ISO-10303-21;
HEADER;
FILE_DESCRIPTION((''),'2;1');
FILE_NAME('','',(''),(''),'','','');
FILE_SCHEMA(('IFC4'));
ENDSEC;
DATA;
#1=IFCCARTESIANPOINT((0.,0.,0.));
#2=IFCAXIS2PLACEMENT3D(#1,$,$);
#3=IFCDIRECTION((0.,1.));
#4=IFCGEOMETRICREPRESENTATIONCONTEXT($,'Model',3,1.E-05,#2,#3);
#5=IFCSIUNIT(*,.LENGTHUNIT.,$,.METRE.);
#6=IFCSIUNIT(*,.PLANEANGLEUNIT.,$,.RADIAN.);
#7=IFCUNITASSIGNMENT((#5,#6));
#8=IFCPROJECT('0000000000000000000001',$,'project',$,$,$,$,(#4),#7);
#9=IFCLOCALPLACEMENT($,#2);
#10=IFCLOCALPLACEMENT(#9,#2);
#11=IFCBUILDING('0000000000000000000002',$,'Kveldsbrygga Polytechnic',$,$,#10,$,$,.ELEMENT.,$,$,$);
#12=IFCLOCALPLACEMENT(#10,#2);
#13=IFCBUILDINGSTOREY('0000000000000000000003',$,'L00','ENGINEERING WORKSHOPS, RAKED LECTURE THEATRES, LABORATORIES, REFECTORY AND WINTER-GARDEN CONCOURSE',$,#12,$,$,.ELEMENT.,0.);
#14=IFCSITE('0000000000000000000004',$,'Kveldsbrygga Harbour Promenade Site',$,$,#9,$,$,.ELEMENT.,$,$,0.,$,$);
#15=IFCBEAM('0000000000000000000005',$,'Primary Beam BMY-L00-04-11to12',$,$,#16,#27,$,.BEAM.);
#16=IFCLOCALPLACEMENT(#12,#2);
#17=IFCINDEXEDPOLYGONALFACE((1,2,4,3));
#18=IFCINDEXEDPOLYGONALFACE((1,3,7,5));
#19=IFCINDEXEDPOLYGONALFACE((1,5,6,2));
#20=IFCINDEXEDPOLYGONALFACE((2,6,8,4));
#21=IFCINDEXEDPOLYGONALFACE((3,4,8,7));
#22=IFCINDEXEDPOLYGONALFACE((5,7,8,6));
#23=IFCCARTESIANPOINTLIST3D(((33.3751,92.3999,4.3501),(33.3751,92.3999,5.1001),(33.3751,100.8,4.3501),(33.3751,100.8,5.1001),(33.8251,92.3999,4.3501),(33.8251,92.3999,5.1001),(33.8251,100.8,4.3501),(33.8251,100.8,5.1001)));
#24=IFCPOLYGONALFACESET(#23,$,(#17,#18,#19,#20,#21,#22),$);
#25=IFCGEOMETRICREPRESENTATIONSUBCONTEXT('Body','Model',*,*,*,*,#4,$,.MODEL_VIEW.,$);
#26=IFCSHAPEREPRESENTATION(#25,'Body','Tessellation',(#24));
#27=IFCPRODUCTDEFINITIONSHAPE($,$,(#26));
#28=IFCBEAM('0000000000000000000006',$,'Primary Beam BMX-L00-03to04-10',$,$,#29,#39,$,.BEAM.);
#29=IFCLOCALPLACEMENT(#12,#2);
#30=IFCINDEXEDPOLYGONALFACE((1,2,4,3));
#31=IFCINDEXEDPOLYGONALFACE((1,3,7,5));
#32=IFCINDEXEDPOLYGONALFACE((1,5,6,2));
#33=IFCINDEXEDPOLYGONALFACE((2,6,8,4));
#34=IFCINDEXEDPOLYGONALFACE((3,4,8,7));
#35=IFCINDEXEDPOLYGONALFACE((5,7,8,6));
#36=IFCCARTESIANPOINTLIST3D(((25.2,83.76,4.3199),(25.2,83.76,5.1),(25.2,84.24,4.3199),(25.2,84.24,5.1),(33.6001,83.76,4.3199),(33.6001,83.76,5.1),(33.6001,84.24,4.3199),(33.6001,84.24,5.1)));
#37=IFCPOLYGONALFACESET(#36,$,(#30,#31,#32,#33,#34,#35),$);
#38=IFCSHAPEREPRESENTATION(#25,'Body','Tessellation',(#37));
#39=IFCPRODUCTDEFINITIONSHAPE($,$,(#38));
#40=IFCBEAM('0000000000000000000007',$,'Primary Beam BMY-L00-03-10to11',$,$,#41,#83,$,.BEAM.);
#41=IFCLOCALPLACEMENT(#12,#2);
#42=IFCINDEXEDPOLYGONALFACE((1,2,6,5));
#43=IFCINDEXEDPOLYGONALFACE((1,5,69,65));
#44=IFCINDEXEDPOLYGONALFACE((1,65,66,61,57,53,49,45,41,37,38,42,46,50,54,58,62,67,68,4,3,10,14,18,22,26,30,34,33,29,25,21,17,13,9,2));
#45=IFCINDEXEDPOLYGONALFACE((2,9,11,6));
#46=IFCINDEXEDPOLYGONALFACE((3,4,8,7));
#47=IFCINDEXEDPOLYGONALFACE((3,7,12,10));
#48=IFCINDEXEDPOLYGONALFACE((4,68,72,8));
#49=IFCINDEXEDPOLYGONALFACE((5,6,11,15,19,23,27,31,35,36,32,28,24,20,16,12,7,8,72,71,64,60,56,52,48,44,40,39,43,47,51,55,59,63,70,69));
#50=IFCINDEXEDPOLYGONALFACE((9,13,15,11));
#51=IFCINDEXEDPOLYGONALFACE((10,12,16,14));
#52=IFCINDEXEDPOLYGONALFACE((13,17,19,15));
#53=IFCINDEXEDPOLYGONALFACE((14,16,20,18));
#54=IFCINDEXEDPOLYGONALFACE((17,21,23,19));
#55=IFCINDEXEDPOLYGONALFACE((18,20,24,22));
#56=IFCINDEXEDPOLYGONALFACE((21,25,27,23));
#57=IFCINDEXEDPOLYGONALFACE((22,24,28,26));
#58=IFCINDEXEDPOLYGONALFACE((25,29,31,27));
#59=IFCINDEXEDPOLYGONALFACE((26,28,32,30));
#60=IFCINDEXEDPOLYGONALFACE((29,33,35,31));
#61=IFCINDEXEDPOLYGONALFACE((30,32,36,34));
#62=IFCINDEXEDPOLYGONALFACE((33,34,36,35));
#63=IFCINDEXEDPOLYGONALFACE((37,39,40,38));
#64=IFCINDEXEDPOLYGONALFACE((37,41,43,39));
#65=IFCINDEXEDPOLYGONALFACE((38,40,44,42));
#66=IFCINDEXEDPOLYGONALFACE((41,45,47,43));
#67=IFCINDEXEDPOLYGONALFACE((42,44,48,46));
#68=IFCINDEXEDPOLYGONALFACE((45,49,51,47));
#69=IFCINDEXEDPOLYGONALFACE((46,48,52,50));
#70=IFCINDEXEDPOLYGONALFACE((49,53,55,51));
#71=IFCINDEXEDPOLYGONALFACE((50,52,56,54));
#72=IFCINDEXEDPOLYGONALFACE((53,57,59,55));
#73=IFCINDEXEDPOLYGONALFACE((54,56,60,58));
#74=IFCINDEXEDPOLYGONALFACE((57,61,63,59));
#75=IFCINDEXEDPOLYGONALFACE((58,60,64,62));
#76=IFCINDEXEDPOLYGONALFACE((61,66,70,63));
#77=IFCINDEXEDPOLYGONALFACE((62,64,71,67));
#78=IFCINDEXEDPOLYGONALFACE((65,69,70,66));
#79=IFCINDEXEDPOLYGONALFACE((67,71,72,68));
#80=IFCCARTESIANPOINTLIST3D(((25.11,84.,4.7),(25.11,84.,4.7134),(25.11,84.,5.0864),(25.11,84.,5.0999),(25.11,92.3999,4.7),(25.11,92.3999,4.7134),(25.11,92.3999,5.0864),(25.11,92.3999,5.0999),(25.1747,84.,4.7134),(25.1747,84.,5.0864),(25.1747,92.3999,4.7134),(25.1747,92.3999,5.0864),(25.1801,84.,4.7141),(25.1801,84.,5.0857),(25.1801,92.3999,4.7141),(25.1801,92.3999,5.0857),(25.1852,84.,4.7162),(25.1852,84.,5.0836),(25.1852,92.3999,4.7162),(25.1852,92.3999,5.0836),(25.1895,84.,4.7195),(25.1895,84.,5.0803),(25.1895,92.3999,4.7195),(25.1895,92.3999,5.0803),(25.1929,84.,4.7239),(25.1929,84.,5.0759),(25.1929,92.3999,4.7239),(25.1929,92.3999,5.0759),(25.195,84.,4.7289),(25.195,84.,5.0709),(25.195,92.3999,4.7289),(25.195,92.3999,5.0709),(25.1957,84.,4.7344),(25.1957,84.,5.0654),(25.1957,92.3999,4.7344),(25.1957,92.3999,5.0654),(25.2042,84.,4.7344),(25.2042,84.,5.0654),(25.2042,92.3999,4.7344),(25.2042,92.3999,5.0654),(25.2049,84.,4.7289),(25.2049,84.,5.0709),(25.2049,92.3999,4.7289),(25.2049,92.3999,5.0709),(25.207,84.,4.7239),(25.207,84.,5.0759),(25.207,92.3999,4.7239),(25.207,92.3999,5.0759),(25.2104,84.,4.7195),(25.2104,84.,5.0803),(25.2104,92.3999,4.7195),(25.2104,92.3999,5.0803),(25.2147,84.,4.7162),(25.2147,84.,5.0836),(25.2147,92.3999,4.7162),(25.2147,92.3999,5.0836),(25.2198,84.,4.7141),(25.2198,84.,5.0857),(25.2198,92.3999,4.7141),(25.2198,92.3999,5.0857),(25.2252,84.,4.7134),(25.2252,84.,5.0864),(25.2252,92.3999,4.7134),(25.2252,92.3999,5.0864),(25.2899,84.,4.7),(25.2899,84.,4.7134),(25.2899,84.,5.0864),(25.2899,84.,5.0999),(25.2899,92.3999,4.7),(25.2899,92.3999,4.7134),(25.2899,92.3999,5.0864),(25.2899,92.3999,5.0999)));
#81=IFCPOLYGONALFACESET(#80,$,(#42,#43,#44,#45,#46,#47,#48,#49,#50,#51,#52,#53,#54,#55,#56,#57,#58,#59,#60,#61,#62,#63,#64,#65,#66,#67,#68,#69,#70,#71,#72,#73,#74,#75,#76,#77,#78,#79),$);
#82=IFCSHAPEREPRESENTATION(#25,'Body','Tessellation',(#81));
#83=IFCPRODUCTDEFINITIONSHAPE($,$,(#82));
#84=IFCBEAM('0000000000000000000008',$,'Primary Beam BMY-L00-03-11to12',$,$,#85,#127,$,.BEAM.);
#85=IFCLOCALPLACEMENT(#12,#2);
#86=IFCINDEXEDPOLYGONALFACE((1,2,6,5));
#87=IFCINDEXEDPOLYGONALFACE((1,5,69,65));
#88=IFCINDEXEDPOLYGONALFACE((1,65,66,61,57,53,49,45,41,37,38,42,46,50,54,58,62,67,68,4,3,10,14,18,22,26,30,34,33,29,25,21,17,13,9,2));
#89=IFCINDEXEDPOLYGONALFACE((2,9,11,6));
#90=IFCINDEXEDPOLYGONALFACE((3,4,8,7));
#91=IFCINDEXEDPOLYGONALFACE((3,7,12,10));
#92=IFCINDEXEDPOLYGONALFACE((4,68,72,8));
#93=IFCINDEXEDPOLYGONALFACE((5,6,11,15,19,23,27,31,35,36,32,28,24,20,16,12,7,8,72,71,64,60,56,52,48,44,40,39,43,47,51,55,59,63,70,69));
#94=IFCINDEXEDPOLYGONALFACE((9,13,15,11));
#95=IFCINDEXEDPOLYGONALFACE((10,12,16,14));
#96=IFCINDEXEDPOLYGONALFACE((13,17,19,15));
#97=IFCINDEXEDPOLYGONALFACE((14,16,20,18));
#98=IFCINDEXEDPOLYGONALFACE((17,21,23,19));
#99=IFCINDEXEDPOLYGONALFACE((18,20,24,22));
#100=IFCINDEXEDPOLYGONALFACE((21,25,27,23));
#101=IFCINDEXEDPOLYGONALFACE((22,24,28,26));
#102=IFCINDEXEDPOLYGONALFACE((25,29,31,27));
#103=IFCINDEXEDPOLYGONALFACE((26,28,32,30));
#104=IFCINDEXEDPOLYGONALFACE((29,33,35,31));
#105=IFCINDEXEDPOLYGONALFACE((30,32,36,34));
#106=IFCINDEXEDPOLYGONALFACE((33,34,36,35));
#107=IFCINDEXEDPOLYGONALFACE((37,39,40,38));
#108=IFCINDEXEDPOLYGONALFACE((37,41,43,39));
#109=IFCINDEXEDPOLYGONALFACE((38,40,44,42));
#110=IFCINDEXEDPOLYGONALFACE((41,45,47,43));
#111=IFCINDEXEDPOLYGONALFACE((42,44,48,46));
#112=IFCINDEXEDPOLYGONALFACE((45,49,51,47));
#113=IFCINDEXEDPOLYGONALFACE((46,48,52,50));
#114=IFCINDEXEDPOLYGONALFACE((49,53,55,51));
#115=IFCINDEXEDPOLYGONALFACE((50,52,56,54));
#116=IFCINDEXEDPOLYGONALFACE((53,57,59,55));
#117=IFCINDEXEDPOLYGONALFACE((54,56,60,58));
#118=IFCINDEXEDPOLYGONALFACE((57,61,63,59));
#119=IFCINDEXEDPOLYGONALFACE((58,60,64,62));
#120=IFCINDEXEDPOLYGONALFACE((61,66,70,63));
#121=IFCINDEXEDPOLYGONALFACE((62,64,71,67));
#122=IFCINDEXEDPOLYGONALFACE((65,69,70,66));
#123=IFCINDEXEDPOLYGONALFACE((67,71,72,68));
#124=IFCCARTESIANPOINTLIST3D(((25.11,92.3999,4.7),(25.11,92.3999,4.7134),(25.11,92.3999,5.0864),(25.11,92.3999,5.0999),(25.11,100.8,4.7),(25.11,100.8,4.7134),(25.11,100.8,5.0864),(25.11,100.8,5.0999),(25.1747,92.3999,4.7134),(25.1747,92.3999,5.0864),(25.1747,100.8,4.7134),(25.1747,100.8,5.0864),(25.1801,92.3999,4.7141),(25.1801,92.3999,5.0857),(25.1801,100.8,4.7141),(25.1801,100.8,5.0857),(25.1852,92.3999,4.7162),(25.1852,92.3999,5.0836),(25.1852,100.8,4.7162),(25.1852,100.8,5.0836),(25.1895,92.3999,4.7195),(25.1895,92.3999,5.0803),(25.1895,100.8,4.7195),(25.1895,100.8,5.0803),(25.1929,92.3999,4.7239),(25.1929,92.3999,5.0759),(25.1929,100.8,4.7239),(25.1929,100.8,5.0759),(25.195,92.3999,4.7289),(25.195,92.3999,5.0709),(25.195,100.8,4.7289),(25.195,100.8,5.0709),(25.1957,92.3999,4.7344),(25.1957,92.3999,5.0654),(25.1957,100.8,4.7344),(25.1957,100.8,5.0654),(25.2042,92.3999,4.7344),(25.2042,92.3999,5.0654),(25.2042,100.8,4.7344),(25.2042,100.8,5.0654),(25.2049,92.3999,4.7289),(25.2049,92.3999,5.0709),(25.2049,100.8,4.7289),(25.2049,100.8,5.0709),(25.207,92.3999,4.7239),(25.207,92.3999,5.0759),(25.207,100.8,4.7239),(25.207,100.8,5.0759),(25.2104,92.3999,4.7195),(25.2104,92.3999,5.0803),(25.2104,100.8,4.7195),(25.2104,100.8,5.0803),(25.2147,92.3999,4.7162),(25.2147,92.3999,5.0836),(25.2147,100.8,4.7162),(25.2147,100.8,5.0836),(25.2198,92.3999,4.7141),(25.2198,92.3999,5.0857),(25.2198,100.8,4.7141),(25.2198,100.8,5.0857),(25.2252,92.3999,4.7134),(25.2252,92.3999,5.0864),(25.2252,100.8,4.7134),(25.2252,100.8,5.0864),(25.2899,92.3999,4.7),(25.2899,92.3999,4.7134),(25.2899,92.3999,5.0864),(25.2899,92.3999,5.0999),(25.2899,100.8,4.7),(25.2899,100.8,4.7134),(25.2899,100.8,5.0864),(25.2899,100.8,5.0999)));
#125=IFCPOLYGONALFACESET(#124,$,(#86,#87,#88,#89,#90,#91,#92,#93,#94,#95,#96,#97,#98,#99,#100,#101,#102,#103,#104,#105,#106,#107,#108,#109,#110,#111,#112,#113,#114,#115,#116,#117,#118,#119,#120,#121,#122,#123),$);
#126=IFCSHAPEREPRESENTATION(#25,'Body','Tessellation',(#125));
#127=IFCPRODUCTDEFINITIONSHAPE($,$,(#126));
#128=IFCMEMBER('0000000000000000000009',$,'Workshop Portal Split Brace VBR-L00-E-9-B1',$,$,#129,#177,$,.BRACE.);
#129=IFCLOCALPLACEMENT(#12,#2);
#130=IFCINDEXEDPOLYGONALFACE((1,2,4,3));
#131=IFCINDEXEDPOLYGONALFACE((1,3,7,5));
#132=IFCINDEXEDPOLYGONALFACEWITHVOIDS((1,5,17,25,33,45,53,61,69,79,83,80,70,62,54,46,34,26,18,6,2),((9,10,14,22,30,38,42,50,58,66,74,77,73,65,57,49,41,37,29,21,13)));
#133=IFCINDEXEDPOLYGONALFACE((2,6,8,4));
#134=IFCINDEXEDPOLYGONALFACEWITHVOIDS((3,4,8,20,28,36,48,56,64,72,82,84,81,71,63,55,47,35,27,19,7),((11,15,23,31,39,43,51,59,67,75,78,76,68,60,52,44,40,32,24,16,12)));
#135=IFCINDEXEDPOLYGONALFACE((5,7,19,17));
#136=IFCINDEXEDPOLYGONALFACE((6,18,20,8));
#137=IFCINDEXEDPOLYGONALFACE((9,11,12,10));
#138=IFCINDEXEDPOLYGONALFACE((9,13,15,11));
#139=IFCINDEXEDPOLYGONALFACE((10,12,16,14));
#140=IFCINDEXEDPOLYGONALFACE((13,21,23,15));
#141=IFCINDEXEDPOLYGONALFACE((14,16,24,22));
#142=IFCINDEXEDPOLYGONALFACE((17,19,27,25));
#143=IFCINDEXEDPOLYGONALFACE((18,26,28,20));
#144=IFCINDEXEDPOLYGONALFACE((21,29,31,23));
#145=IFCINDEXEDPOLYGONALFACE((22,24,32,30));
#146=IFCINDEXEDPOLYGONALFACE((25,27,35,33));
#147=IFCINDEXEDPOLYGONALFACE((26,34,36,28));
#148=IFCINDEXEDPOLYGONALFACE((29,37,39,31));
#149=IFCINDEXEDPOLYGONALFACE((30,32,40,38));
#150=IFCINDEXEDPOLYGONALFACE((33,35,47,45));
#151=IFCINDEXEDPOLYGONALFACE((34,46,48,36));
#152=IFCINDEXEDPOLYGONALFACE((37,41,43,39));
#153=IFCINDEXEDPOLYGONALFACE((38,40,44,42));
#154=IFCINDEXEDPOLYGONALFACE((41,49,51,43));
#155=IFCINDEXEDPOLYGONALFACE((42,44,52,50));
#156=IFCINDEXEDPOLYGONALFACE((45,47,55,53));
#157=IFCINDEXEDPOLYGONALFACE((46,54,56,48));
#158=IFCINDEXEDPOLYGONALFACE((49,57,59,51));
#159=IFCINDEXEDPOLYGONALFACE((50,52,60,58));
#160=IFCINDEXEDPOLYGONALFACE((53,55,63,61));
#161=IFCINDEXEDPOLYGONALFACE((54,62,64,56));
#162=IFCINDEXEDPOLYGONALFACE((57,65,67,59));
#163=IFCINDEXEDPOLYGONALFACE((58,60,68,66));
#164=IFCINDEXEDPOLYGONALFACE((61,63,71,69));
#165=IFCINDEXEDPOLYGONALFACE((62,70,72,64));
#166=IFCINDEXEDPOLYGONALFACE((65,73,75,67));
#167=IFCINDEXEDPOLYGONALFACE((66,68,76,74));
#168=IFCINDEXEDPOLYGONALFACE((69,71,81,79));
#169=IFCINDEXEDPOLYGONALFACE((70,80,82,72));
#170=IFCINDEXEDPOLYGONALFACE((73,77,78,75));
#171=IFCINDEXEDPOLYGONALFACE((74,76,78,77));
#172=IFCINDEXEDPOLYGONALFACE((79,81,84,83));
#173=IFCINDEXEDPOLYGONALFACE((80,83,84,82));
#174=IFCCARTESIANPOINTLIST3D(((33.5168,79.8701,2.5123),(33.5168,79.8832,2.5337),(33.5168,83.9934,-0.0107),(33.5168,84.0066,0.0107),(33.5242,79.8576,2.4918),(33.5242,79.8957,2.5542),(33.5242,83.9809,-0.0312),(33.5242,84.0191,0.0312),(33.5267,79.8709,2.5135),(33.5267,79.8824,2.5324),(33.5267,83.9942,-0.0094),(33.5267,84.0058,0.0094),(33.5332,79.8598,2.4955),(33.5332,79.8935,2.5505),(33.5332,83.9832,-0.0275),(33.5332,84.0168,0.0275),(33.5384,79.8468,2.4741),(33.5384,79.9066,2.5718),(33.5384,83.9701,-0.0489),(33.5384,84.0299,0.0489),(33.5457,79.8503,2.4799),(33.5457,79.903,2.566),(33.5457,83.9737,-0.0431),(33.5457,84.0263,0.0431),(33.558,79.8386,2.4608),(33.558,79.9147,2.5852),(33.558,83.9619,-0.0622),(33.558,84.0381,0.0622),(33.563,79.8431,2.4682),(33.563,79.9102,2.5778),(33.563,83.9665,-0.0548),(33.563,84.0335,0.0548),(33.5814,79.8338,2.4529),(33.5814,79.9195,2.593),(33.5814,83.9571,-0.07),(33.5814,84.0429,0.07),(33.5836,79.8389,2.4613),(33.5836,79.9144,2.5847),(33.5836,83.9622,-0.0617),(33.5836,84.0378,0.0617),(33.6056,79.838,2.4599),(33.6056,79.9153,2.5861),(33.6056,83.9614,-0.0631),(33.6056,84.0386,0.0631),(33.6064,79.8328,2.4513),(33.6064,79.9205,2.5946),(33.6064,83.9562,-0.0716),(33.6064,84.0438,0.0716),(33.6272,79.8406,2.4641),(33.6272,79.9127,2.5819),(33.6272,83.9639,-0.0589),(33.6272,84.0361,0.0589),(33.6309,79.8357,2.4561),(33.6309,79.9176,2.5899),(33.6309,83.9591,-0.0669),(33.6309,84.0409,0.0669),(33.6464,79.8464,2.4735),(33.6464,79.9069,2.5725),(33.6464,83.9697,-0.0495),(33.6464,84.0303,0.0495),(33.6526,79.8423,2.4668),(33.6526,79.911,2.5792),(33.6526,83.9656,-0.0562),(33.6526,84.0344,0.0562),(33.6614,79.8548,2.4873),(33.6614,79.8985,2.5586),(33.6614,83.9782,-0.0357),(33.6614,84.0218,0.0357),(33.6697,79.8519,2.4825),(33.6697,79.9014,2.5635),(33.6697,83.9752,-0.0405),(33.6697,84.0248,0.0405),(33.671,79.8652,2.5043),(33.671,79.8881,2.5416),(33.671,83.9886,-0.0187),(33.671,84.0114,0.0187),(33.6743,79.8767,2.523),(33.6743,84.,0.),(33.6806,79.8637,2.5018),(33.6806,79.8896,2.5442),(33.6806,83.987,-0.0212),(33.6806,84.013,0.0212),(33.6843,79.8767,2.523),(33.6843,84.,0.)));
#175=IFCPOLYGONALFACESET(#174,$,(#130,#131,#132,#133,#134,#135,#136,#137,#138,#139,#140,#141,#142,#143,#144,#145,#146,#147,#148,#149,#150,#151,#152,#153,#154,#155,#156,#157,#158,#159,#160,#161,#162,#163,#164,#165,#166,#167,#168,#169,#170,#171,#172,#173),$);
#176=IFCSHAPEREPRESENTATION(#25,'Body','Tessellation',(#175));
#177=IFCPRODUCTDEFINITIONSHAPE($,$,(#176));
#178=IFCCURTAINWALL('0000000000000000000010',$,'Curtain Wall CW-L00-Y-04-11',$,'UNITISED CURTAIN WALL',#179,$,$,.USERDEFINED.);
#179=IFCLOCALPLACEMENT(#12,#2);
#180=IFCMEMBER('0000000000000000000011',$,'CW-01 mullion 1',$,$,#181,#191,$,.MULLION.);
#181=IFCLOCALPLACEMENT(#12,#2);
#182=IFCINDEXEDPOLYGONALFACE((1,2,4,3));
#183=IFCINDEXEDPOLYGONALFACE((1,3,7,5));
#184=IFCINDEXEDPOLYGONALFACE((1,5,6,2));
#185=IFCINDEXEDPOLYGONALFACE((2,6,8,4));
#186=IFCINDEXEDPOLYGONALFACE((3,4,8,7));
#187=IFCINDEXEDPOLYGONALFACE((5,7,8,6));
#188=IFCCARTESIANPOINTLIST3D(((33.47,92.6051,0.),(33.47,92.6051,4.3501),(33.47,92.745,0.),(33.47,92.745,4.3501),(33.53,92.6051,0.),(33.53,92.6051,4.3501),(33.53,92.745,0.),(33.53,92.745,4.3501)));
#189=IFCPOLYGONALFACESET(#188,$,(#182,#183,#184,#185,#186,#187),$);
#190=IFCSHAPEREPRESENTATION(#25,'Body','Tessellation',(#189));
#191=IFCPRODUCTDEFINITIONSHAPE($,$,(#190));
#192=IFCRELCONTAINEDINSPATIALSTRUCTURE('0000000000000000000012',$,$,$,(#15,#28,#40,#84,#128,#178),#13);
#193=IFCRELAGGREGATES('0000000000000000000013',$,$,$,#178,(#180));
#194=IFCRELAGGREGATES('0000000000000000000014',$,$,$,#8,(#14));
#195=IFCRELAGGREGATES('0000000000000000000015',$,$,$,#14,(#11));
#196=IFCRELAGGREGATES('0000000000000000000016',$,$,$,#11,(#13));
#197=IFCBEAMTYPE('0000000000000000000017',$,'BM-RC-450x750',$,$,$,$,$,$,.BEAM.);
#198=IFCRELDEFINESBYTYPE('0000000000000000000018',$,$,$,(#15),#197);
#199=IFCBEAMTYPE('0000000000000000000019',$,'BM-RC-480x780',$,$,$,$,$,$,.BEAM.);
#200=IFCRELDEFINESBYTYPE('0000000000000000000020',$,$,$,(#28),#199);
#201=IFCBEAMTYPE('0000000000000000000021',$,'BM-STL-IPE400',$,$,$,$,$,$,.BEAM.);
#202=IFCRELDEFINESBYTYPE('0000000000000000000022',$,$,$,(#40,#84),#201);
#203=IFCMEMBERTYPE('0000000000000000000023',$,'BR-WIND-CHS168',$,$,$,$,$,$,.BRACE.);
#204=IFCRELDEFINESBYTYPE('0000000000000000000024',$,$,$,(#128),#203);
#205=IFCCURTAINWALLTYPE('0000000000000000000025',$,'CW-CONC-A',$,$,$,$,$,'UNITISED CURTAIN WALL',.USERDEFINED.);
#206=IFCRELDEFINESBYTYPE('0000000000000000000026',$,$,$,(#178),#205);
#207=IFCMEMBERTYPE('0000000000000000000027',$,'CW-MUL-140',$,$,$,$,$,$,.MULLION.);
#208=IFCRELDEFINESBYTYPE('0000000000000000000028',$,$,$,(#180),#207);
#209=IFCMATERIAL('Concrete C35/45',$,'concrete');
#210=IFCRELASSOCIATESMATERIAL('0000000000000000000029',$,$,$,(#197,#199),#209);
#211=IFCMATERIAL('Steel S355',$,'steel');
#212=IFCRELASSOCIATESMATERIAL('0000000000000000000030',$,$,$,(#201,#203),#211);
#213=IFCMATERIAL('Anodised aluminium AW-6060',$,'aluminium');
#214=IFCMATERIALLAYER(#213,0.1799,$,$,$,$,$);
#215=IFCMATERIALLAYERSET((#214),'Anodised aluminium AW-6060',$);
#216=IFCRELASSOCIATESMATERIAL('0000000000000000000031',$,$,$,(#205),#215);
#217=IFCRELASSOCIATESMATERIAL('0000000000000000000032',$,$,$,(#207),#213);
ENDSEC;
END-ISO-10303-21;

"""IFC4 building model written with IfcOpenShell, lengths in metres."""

from ifc_helpers import new_model, si_unit, direction, frame, origin, origin_2d, place, context, subcontext, project, spatial, rectangle, hollow_circle, i_section, extrude, material, layer, layer_set, material_profile, profile_set, type_object, element, aggregate, save


model = new_model("IFC4")

# Units and contexts
model_context = context("Model", 3, precision=1e-05, world=origin(), true_north=direction((0.0, 1.0)))
body_context = subcontext(model_context, "Body", "Model", "MODEL_VIEW")
ifc_project = project(units=[si_unit("LENGTHUNIT", "METRE"), si_unit("PLANEANGLEUNIT", "RADIAN")], contexts=[model_context])

# Site, building, storey
site_placement = place(None, origin())
site = spatial("IfcSite", under=ifc_project, at=site_placement, Name="Kveldsbrygga Harbour Promenade Site", CompositionType="ELEMENT", RefElevation=0.0)
building_placement = place(site_placement, origin())
building = spatial("IfcBuilding", under=site, at=building_placement, Name="Kveldsbrygga Polytechnic", CompositionType="ELEMENT")
storey_placement = place(building_placement, origin())
storey = spatial("IfcBuildingStorey", under=building, at=storey_placement, Name="L00", Description="ENGINEERING WORKSHOPS, RAKED LECTURE THEATRES, LABORATORIES, REFECTORY AND WINTER-GARDEN CONCOURSE", CompositionType="ELEMENT", Elevation=0.0)

# Beams
ifc_material_1 = material(Name="Concrete C35/45", Category="concrete")
ifc_material_profile_1 = material_profile(ifc_material_1, rectangle(XDim=0.45, YDim=0.75, at=origin_2d()), Name="RC 450x750")
ifc_profile_set_1 = profile_set([ifc_material_profile_1], Name="Concrete C35/45")
beam_type_1 = type_object("IfcBeamType", Name="BM-RC-450x750", PredefinedType="BEAM", material=ifc_profile_set_1)
beam_1_placement = place(storey_placement, frame((33.6001, 92.3999, 4.7251), z_axis=(0.0, 1.0, 0.0), x_axis=(-1.0, 0.0, 0.0)))
element("IfcBeam", 1, at=beam_1_placement, inside=storey, type_object=beam_type_1, Name="Primary Beam BMY-L00-04-11to12", PredefinedType="BEAM", context=body_context, shape_type="SweptSolid", body=[
    extrude(rectangle(XDim=0.45, YDim=0.75, at=origin_2d()), origin(), (0.0, 0.0, 1.0), 8.4001),
])
ifc_material_profile_2 = material_profile(ifc_material_1, rectangle(XDim=0.48, YDim=0.78, at=origin_2d()), Name="RC 480x780")
ifc_profile_set_2 = profile_set([ifc_material_profile_2], Name="Concrete C35/45")
beam_type_2 = type_object("IfcBeamType", Name="BM-RC-480x780", PredefinedType="BEAM", material=ifc_profile_set_2)
beam_2_placement = place(storey_placement, frame((25.2, 84.0, 4.71), z_axis=(1.0, 0.0, 0.0), x_axis=(0.0, 1.0, 0.0)))
element("IfcBeam", 2, at=beam_2_placement, inside=storey, type_object=beam_type_2, Name="Primary Beam BMX-L00-03to04-10", PredefinedType="BEAM", context=body_context, shape_type="SweptSolid", body=[
    extrude(rectangle(XDim=0.48, YDim=0.78, at=origin_2d()), origin(), (0.0, 0.0, 1.0), 8.4001),
])
ifc_material_2 = material(Name="Steel S355", Category="steel")
ifc_material_profile_3 = material_profile(ifc_material_2, i_section(OverallWidth=0.1799, OverallDepth=0.3999, WebThickness=0.0085, FlangeThickness=0.0134, FilletRadius=0.021, at=origin_2d()), Name="IPE 400")
ifc_profile_set_3 = profile_set([ifc_material_profile_3], Name="Steel S355")
beam_type_3 = type_object("IfcBeamType", Name="BM-STL-IPE400", PredefinedType="BEAM", material=ifc_profile_set_3)
beam_3_placement = place(storey_placement, frame((25.2, 84.0, 4.8999), z_axis=(0.0, 1.0, 0.0), x_axis=(-1.0, 0.0, 0.0)))
element("IfcBeam", 3, at=beam_3_placement, inside=storey, type_object=beam_type_3, Name="Primary Beam BMY-L00-03-10to11", PredefinedType="BEAM", context=body_context, shape_type="SweptSolid", body=[
    extrude(i_section(OverallWidth=0.1799, OverallDepth=0.3999, WebThickness=0.0085, FlangeThickness=0.0134, FilletRadius=0.021, at=origin_2d()), origin(), (0.0, 0.0, 1.0), 8.3999),
])
beam_4_placement = place(storey_placement, frame((25.2, 92.3999, 4.8999), z_axis=(0.0, 1.0, 0.0), x_axis=(-1.0, 0.0, 0.0)))
element("IfcBeam", 4, at=beam_4_placement, inside=storey, type_object=beam_type_3, Name="Primary Beam BMY-L00-03-11to12", PredefinedType="BEAM", context=body_context, shape_type="SweptSolid", body=[
    extrude(i_section(OverallWidth=0.1799, OverallDepth=0.3999, WebThickness=0.0085, FlangeThickness=0.0134, FilletRadius=0.021, at=origin_2d()), origin(), (0.0, 0.0, 1.0), 8.4001),
])

# Member
ifc_material_profile_4 = material_profile(ifc_material_2, hollow_circle(Radius=0.0842, WallThickness=0.01, at=origin_2d()), Name="CHS 168.3x10.0")
ifc_profile_set_4 = profile_set([ifc_material_profile_4], Name="Steel S355")
member_type_1 = type_object("IfcMemberType", Name="BR-WIND-CHS168", PredefinedType="BRACE", material=ifc_profile_set_4)
member_1_placement = place(storey_placement, frame((33.6001, 84.0, 0.0), z_axis=(0.0, -0.852991, 0.521926), x_axis=(1.0, 0.0, 0.0)))
element("IfcMember", 5, at=member_1_placement, inside=storey, type_object=member_type_1, Name="Workshop Portal Split Brace VBR-L00-E-9-B1", PredefinedType="BRACE", context=body_context, shape_type="SweptSolid", body=[
    extrude(hollow_circle(Radius=0.0842, WallThickness=0.01, at=origin_2d()), origin(), (0.0, 0.0, 1.0), 4.834),
])

# Curtain wall, member
ifc_material_3 = material(Name="Anodised aluminium AW-6060", Category="aluminium")
ifc_layer_1 = layer(ifc_material_3, 0.1799)
ifc_layer_set_1 = layer_set([ifc_layer_1], Name="Anodised aluminium AW-6060")
curtain_wall_type = type_object("IfcCurtainWallType", Name="CW-CONC-A", ElementType="UNITISED CURTAIN WALL", PredefinedType="USERDEFINED", material=ifc_layer_set_1)
curtain_wall_placement = place(storey_placement, origin())
curtain_wall = element("IfcCurtainWall", 6, at=curtain_wall_placement, inside=storey, type_object=curtain_wall_type, Name="Curtain Wall CW-L00-Y-04-11", ObjectType="UNITISED CURTAIN WALL", PredefinedType="USERDEFINED")
ifc_material_profile_5 = material_profile(ifc_material_3, rectangle(XDim=0.0601, YDim=0.1399, at=origin_2d()), Name="ALU 60x140")
ifc_profile_set_5 = profile_set([ifc_material_profile_5], Name="Anodised aluminium AW-6060")
member_type_2 = type_object("IfcMemberType", Name="CW-MUL-140", PredefinedType="MULLION", material=ifc_profile_set_5)
member_2_placement = place(storey_placement, frame((33.5, 92.675, 0.0), z_axis=(0.0, 0.0, 1.0), x_axis=(-1.0, 0.0, 0.0)))
member_2 = element("IfcMember", 7, at=member_2_placement, type_object=member_type_2, Name="CW-01 mullion 1", PredefinedType="MULLION", context=body_context, shape_type="SweptSolid", body=[
    extrude(rectangle(XDim=0.0601, YDim=0.1399, at=origin_2d()), origin(), (0.0, 0.0, 1.0), 4.3501),
])
aggregate(curtain_wall, [member_2])

save(model, "model.ifc")
